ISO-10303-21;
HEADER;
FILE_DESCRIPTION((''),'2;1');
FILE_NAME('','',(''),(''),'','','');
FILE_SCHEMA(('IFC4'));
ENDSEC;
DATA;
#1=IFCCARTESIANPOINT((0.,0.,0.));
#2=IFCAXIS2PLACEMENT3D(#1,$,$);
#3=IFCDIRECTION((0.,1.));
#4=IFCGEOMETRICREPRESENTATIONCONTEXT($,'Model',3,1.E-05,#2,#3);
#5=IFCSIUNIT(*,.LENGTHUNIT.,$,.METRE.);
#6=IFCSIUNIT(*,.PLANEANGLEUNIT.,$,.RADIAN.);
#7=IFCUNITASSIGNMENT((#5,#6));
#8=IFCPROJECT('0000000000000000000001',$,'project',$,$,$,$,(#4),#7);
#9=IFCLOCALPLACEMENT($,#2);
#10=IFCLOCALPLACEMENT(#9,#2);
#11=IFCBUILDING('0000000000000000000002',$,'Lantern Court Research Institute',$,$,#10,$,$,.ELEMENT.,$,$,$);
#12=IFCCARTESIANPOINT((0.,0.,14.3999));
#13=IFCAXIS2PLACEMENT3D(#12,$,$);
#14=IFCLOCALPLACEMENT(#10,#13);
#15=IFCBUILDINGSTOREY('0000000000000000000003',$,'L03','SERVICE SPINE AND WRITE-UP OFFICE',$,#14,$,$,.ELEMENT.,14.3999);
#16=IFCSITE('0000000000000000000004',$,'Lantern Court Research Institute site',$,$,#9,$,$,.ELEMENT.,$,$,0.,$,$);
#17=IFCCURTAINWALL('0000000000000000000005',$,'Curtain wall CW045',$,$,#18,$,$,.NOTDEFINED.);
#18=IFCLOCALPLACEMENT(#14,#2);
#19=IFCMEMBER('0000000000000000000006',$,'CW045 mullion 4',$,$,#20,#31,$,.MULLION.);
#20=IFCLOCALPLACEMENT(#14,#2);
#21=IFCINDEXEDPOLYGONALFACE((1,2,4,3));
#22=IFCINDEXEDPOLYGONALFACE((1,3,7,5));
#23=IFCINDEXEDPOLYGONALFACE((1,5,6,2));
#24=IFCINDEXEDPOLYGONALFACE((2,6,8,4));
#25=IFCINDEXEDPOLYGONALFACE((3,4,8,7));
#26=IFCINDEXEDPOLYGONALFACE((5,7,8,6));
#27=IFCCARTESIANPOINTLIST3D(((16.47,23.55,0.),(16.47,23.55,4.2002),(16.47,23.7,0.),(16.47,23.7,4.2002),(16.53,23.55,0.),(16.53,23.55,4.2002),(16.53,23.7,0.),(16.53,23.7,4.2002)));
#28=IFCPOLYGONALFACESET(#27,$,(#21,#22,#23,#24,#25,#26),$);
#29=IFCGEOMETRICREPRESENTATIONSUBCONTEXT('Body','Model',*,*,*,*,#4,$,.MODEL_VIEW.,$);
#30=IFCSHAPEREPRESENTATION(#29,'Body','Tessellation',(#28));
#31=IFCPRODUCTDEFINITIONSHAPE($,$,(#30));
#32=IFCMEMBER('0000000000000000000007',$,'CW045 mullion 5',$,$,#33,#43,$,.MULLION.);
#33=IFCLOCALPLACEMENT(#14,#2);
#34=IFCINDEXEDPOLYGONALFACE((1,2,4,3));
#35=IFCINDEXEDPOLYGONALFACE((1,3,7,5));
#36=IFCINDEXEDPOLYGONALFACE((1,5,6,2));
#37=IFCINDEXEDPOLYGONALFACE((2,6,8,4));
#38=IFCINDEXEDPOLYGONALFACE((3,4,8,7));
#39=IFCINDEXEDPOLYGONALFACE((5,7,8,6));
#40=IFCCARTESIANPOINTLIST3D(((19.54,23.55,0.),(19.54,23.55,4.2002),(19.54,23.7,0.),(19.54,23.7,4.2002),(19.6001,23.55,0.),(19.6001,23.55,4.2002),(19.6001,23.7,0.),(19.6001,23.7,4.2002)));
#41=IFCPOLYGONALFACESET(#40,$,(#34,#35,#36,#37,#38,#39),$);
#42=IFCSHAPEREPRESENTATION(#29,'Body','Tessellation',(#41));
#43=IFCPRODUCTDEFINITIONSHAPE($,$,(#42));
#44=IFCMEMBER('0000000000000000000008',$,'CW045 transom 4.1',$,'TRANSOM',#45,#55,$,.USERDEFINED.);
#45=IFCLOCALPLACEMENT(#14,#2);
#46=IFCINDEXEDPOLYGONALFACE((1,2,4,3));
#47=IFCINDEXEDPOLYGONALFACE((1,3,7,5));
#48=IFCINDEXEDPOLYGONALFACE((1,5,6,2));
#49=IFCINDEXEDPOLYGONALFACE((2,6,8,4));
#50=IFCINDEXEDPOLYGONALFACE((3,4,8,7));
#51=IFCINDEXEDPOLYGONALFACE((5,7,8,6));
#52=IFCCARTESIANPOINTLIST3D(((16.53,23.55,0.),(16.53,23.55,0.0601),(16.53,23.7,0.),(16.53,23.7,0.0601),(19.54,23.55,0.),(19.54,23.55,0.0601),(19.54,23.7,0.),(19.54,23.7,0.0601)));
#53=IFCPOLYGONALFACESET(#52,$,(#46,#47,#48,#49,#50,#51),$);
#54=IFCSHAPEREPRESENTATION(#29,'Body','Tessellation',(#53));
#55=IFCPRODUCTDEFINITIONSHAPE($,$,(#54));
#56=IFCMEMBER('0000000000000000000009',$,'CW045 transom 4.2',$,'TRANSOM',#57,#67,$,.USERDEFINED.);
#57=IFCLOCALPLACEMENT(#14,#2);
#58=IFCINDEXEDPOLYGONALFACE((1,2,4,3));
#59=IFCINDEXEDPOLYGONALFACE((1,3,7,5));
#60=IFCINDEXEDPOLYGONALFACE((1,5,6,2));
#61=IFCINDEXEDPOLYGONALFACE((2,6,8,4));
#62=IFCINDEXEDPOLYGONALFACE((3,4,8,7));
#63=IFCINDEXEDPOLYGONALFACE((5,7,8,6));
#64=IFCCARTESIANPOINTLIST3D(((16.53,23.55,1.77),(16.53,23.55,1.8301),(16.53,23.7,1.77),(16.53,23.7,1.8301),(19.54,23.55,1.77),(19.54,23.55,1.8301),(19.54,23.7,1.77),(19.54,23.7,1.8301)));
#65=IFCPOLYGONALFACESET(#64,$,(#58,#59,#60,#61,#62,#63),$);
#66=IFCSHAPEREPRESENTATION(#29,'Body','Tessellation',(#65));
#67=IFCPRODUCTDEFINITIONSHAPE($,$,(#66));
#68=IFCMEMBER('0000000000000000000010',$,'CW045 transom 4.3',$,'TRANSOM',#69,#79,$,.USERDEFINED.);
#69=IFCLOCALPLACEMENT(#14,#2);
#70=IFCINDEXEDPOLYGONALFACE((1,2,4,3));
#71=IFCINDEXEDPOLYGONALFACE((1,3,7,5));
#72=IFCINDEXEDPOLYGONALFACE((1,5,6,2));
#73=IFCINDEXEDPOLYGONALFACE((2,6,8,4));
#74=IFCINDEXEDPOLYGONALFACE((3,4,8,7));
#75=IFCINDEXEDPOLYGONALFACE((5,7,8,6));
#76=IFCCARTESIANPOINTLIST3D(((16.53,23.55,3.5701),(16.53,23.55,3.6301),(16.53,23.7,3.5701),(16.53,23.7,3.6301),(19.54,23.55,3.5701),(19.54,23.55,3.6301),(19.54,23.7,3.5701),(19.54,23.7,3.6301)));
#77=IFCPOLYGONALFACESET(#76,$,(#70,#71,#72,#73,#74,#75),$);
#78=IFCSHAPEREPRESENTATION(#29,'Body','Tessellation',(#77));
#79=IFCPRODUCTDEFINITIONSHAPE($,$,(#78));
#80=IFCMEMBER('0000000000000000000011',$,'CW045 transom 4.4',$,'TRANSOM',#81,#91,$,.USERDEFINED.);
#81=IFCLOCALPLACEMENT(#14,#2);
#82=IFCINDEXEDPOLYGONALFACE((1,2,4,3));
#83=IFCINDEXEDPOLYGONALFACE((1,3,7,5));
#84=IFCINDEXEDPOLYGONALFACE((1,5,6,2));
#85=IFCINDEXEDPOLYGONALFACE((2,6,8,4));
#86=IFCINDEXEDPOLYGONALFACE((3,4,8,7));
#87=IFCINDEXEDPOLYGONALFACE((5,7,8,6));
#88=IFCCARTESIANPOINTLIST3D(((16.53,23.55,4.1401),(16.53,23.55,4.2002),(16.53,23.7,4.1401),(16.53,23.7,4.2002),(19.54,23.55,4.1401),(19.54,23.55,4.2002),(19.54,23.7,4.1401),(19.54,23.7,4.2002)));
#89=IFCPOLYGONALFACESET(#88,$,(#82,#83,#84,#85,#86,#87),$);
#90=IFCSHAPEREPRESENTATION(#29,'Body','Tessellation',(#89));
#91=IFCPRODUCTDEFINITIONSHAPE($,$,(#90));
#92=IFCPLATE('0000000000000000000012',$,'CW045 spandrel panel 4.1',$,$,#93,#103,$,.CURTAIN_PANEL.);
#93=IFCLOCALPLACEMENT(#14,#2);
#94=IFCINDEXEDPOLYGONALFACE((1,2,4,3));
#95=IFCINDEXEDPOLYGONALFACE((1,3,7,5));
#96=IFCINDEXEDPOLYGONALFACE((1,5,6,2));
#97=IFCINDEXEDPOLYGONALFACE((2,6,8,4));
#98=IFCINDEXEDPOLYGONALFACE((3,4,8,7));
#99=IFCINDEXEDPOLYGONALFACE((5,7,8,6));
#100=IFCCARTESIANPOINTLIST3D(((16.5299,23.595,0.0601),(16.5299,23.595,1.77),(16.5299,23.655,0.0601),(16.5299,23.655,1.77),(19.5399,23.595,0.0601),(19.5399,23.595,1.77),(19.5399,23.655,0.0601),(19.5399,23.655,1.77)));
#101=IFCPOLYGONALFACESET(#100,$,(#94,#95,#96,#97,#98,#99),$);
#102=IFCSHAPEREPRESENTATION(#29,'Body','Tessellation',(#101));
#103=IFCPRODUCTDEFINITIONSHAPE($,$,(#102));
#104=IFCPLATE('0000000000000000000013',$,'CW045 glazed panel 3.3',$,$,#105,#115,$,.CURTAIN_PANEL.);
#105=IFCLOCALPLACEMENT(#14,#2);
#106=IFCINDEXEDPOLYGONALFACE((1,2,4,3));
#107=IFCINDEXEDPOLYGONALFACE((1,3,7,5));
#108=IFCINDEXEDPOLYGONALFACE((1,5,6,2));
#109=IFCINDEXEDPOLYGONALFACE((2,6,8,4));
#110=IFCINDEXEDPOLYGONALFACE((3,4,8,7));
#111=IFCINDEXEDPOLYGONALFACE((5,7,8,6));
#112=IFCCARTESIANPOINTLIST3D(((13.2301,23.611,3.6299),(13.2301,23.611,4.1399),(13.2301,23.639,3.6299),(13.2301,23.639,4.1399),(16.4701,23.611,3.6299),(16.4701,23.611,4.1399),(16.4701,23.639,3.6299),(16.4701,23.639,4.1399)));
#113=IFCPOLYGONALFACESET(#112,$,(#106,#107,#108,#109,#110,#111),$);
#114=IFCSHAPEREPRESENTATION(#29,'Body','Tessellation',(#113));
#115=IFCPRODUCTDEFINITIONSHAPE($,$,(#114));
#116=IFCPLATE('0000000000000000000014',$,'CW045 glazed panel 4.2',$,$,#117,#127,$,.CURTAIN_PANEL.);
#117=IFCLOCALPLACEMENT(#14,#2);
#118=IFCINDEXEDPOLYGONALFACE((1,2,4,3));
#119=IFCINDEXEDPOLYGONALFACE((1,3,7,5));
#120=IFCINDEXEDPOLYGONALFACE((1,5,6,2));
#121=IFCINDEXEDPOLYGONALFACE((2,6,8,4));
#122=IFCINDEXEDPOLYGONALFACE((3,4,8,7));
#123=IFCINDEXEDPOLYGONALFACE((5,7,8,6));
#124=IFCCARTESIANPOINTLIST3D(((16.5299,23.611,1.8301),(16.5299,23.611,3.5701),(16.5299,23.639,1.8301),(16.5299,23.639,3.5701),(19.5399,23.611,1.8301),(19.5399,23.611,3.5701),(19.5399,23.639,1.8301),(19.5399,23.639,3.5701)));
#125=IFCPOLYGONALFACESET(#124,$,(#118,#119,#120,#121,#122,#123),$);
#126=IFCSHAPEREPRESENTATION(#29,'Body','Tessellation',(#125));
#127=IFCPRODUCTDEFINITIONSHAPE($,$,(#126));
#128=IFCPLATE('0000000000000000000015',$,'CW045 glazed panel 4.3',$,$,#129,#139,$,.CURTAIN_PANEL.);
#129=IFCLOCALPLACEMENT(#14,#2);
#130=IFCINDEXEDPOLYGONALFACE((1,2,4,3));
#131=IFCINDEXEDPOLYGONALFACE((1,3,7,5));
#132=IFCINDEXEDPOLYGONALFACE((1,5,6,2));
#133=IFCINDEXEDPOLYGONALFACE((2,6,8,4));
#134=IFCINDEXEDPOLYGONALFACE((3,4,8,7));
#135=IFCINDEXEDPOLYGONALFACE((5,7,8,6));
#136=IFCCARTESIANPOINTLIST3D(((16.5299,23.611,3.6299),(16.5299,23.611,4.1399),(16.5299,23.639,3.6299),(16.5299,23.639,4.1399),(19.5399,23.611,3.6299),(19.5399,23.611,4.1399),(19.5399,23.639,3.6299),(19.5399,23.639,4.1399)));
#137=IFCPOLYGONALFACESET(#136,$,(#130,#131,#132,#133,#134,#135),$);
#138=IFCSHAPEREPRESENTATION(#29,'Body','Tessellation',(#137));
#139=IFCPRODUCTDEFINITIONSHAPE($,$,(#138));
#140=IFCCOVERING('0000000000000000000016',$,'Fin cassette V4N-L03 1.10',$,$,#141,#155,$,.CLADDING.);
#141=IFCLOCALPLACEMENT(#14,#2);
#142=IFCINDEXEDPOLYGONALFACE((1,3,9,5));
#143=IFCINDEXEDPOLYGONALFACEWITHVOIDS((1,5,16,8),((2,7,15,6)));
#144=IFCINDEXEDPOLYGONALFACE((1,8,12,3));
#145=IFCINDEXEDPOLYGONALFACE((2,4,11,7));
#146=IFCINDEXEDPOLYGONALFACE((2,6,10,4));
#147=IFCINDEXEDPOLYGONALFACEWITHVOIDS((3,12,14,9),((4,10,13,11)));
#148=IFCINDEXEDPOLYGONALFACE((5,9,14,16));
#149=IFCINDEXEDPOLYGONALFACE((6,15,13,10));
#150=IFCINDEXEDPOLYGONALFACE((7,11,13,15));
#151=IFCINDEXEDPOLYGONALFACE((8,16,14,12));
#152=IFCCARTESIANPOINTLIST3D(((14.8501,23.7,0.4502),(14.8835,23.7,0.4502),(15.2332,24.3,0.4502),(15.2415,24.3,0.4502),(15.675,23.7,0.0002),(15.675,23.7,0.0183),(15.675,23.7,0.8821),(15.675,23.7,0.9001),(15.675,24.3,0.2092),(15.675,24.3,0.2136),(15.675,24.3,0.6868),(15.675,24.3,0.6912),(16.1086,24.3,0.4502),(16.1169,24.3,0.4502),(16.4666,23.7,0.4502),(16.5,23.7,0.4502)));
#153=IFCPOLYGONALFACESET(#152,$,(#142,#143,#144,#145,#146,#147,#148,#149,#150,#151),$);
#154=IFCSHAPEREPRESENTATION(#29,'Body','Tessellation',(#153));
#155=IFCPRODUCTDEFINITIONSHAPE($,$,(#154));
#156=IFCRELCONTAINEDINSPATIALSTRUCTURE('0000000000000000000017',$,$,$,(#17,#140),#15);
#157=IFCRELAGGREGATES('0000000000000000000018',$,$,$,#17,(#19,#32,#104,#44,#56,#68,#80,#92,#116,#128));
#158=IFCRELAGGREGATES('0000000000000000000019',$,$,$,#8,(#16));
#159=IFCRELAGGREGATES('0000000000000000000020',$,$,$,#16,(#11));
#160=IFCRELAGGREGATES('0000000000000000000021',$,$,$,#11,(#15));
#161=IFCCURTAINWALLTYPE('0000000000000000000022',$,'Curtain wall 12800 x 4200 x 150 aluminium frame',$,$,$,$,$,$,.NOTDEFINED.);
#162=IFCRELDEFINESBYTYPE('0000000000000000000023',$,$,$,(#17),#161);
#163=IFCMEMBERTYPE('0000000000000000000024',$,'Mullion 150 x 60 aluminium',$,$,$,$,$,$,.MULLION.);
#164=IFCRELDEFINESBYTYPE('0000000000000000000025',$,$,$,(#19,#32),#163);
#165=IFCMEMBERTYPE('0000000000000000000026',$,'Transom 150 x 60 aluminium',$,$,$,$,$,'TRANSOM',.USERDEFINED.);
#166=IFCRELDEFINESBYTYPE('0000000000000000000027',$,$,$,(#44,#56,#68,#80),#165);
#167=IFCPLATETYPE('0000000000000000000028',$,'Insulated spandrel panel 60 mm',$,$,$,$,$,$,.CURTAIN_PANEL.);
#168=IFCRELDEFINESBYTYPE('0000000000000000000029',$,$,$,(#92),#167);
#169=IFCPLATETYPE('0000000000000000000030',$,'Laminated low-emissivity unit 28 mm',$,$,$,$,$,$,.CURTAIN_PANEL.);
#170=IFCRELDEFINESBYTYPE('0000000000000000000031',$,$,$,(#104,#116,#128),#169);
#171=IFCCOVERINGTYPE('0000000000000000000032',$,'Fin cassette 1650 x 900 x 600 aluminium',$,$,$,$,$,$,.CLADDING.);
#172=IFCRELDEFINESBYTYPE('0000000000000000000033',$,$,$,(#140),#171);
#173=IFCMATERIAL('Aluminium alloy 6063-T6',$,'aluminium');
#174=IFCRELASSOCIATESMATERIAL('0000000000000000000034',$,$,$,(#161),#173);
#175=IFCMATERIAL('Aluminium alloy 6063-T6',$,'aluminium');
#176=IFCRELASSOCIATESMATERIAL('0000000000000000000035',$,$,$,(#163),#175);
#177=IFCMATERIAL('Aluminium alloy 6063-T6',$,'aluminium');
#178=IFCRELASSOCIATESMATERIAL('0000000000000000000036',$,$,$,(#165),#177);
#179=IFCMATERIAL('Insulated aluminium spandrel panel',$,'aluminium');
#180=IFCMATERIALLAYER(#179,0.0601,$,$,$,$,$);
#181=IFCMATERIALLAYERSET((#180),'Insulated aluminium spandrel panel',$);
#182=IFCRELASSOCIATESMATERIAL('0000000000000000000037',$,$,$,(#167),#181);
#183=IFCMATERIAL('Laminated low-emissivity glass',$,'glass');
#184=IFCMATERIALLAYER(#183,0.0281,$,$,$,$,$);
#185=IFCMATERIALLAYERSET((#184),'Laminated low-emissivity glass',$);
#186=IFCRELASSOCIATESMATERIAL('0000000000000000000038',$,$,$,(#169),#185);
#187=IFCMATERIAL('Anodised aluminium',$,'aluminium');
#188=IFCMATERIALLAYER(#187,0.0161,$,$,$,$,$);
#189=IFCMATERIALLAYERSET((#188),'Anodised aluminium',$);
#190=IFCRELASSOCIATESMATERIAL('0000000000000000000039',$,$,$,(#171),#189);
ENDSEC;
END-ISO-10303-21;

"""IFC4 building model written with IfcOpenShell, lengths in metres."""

from ifc_helpers import new_model, entity, si_unit, direction, frame, origin, origin_2d, place, context, subcontext, project, spatial, rectangle, extrude, material, layer, layer_set, material_profile, profile_set, type_object, element, aggregate, save


model = new_model("IFC4")

# Units and contexts
model_context = context("Model", 3, precision=1e-05, world=origin(), true_north=direction((0.0, 1.0)))
body_context = subcontext(model_context, "Body", "Model", "MODEL_VIEW")
ifc_project = project(units=[si_unit("LENGTHUNIT", "METRE"), si_unit("PLANEANGLEUNIT", "RADIAN")], contexts=[model_context])

# Site, building, storey
site_placement = place(None, origin())
site = spatial("IfcSite", under=ifc_project, at=site_placement, Name="Lantern Court Research Institute site", CompositionType="ELEMENT", RefElevation=0.0)
building_placement = place(site_placement, origin())
building = spatial("IfcBuilding", under=site, at=building_placement, Name="Lantern Court Research Institute", CompositionType="ELEMENT")
storey_placement = place(building_placement, frame((0.0, 0.0, 14.3999)))
storey = spatial("IfcBuildingStorey", under=building, at=storey_placement, Name="L03", Description="SERVICE SPINE AND WRITE-UP OFFICE", CompositionType="ELEMENT", Elevation=14.3999)

# Curtain wall, members, plates
ifc_material_1 = material(Name="Aluminium alloy 6063-T6", Category="aluminium")
curtain_wall_type = type_object("IfcCurtainWallType", Name="Curtain wall 12800 x 4200 x 150 aluminium frame", PredefinedType="NOTDEFINED", material=ifc_material_1)
curtain_wall_placement = place(storey_placement, origin())
curtain_wall = element("IfcCurtainWall", 1, at=curtain_wall_placement, inside=storey, type_object=curtain_wall_type, Name="Curtain wall CW045", PredefinedType="NOTDEFINED")
ifc_material_2 = material(Name="Aluminium alloy 6063-T6", Category="aluminium")
ifc_material_profile_1 = material_profile(ifc_material_2, rectangle(XDim=0.1499, YDim=0.0601, at=origin_2d()), Name="Mullion 150 x 60")
ifc_profile_set_1 = profile_set([ifc_material_profile_1], Name="Aluminium alloy 6063-T6")
member_type_1 = type_object("IfcMemberType", Name="Mullion 150 x 60 aluminium", PredefinedType="MULLION", material=ifc_profile_set_1)
member_1_placement = place(storey_placement, frame((16.5, 23.625, 0.0), z_axis=(0.0, 0.0, 1.0), x_axis=(0.0, 1.0, 0.0)))
member_1 = element("IfcMember", 2, at=member_1_placement, type_object=member_type_1, Name="CW045 mullion 4", PredefinedType="MULLION", context=body_context, shape_type="SweptSolid", body=[
    extrude(rectangle(XDim=0.1499, YDim=0.0601, at=origin_2d()), origin(), (0.0, 0.0, 1.0), 4.2002),
])
member_2_placement = place(storey_placement, frame((19.5701, 23.625, 0.0), z_axis=(0.0, 0.0, 1.0), x_axis=(0.0, 1.0, 0.0)))
member_2 = element("IfcMember", 3, at=member_2_placement, type_object=member_type_1, Name="CW045 mullion 5", PredefinedType="MULLION", context=body_context, shape_type="SweptSolid", body=[
    extrude(rectangle(XDim=0.1499, YDim=0.0601, at=origin_2d()), origin(), (0.0, 0.0, 1.0), 4.2002),
])
ifc_material_3 = material(Name="Aluminium alloy 6063-T6", Category="aluminium")
ifc_material_profile_2 = material_profile(ifc_material_3, rectangle(XDim=0.1499, YDim=0.0601, at=origin_2d()), Name="Transom 150 x 60")
ifc_profile_set_2 = profile_set([ifc_material_profile_2], Name="Aluminium alloy 6063-T6")
member_type_2 = type_object("IfcMemberType", Name="Transom 150 x 60 aluminium", ElementType="TRANSOM", PredefinedType="USERDEFINED", material=ifc_profile_set_2)
member_3_placement = place(storey_placement, frame((16.53, 23.625, 0.03), z_axis=(1.0, 0.0, 0.0), x_axis=(0.0, 1.0, 0.0)))
member_3 = element("IfcMember", 4, at=member_3_placement, type_object=member_type_2, Name="CW045 transom 4.1", ObjectType="TRANSOM", PredefinedType="USERDEFINED", context=body_context, shape_type="SweptSolid", body=[
    extrude(rectangle(XDim=0.1499, YDim=0.0601, at=origin_2d()), origin(), (0.0, 0.0, 1.0), 3.01),
])
member_4_placement = place(storey_placement, frame((16.53, 23.625, 1.8), z_axis=(1.0, 0.0, 0.0), x_axis=(0.0, 1.0, 0.0)))
member_4 = element("IfcMember", 5, at=member_4_placement, type_object=member_type_2, Name="CW045 transom 4.2", ObjectType="TRANSOM", PredefinedType="USERDEFINED", context=body_context, shape_type="SweptSolid", body=[
    extrude(rectangle(XDim=0.1499, YDim=0.0601, at=origin_2d()), origin(), (0.0, 0.0, 1.0), 3.01),
])
member_5_placement = place(storey_placement, frame((16.53, 23.625, 3.6001), z_axis=(1.0, 0.0, 0.0), x_axis=(0.0, 1.0, 0.0)))
member_5 = element("IfcMember", 6, at=member_5_placement, type_object=member_type_2, Name="CW045 transom 4.3", ObjectType="TRANSOM", PredefinedType="USERDEFINED", context=body_context, shape_type="SweptSolid", body=[
    extrude(rectangle(XDim=0.1499, YDim=0.0601, at=origin_2d()), origin(), (0.0, 0.0, 1.0), 3.01),
])
member_6_placement = place(storey_placement, frame((16.53, 23.625, 4.1702), z_axis=(1.0, 0.0, 0.0), x_axis=(0.0, 1.0, 0.0)))
member_6 = element("IfcMember", 7, at=member_6_placement, type_object=member_type_2, Name="CW045 transom 4.4", ObjectType="TRANSOM", PredefinedType="USERDEFINED", context=body_context, shape_type="SweptSolid", body=[
    extrude(rectangle(XDim=0.1499, YDim=0.0601, at=origin_2d()), origin(), (0.0, 0.0, 1.0), 3.01),
])
ifc_material_4 = material(Name="Insulated aluminium spandrel panel", Category="aluminium")
ifc_layer_1 = layer(ifc_material_4, 0.0601)
ifc_layer_set_1 = layer_set([ifc_layer_1], Name="Insulated aluminium spandrel panel")
plate_type_1 = type_object("IfcPlateType", Name="Insulated spandrel panel 60 mm", PredefinedType="CURTAIN_PANEL", material=ifc_layer_set_1)
plate_1_placement = place(storey_placement, frame((18.0349, 23.625, 0.0601), z_axis=(0.0, 0.0, 1.0), x_axis=(1.0, 0.0, 0.0)))
plate_1 = element("IfcPlate", 8, at=plate_1_placement, type_object=plate_type_1, Name="CW045 spandrel panel 4.1", PredefinedType="CURTAIN_PANEL", context=body_context, shape_type="SweptSolid", body=[
    extrude(rectangle(XDim=3.01, YDim=0.0601, at=origin_2d()), origin(), (0.0, 0.0, 1.0), 1.71),
])
ifc_material_5 = material(Name="Laminated low-emissivity glass", Category="glass")
ifc_layer_2 = layer(ifc_material_5, 0.0281)
ifc_layer_set_2 = layer_set([ifc_layer_2], Name="Laminated low-emissivity glass")
plate_type_2 = type_object("IfcPlateType", Name="Laminated low-emissivity unit 28 mm", PredefinedType="CURTAIN_PANEL", material=ifc_layer_set_2)
plate_2_placement = place(storey_placement, frame((14.8501, 23.625, 3.6299), z_axis=(0.0, 0.0, 1.0), x_axis=(1.0, 0.0, 0.0)))
plate_2 = element("IfcPlate", 9, at=plate_2_placement, type_object=plate_type_2, Name="CW045 glazed panel 3.3", PredefinedType="CURTAIN_PANEL", context=body_context, shape_type="SweptSolid", body=[
    extrude(rectangle(XDim=3.24, YDim=0.0281, at=origin_2d()), origin(), (0.0, 0.0, 1.0), 0.51),
])
plate_3_placement = place(storey_placement, frame((18.0349, 23.625, 1.8301), z_axis=(0.0, 0.0, 1.0), x_axis=(1.0, 0.0, 0.0)))
plate_3 = element("IfcPlate", 10, at=plate_3_placement, type_object=plate_type_2, Name="CW045 glazed panel 4.2", PredefinedType="CURTAIN_PANEL", context=body_context, shape_type="SweptSolid", body=[
    extrude(rectangle(XDim=3.01, YDim=0.0281, at=origin_2d()), origin(), (0.0, 0.0, 1.0), 1.74),
])
plate_4_placement = place(storey_placement, frame((18.0349, 23.625, 3.6299), z_axis=(0.0, 0.0, 1.0), x_axis=(1.0, 0.0, 0.0)))
plate_4 = element("IfcPlate", 11, at=plate_4_placement, type_object=plate_type_2, Name="CW045 glazed panel 4.3", PredefinedType="CURTAIN_PANEL", context=body_context, shape_type="SweptSolid", body=[
    extrude(rectangle(XDim=3.01, YDim=0.0281, at=origin_2d()), origin(), (0.0, 0.0, 1.0), 0.51),
])
aggregate(curtain_wall, [member_1, member_2, plate_2, member_3, member_4, member_5, member_6, plate_1, plate_3, plate_4])

# Covering
ifc_material_6 = material(Name="Anodised aluminium", Category="aluminium")
ifc_layer_3 = layer(ifc_material_6, 0.0161)
ifc_layer_set_3 = layer_set([ifc_layer_3], Name="Anodised aluminium")
covering_type = type_object("IfcCoveringType", Name="Fin cassette 1650 x 900 x 600 aluminium", PredefinedType="CLADDING", material=ifc_layer_set_3)
covering_1_placement = place(storey_placement, frame((15.675, 23.7, 0.4502), z_axis=(0.0, 1.0, 0.0), x_axis=(-1.0, 0.0, 0.0)))
cartesian_point_1 = entity("IfcCartesianPoint", [0.825, 0.0])
cartesian_point_2 = entity("IfcCartesianPoint", [0.7915, 0.0])
cartesian_point_3 = entity("IfcCartesianPoint", [0.4419, 0.0])
cartesian_point_4 = entity("IfcCartesianPoint", [0.4336, 0.0])
element("IfcCovering", 12, at=covering_1_placement, inside=storey, type_object=covering_type, Name="Fin cassette V4N-L03 1.10", PredefinedType="CLADDING", context=body_context, shape_type="SweptSolid", body=[
    entity("IfcExtrudedAreaSolidTapered", entity("IfcArbitraryProfileDefWithVoids", "AREA", None, entity("IfcPolyline", [cartesian_point_1, entity("IfcCartesianPoint", [0.0, 0.45]), entity("IfcCartesianPoint", [-0.825, 0.0]), entity("IfcCartesianPoint", [0.0, -0.45]), cartesian_point_1]), [entity("IfcPolyline", [cartesian_point_2, entity("IfcCartesianPoint", [0.0, 0.4319]), entity("IfcCartesianPoint", [-0.7915, 0.0]), entity("IfcCartesianPoint", [0.0, -0.4319]), cartesian_point_2])]), entity("IfcAxis2Placement3D", entity("IfcCartesianPoint", [0.0, 0.0, 0.0])), entity("IfcDirection", [0.0, 0.0, 1.0]), 0.6001, entity("IfcArbitraryProfileDefWithVoids", "AREA", None, entity("IfcPolyline", [cartesian_point_3, entity("IfcCartesianPoint", [0.0, 0.241]), entity("IfcCartesianPoint", [-0.4419, 0.0]), entity("IfcCartesianPoint", [0.0, -0.241]), cartesian_point_3]), [entity("IfcPolyline", [cartesian_point_4, entity("IfcCartesianPoint", [0.0, 0.2366]), entity("IfcCartesianPoint", [-0.4336, 0.0]), entity("IfcCartesianPoint", [0.0, -0.2366]), cartesian_point_4])])),
])

save(model, "model.ifc")
